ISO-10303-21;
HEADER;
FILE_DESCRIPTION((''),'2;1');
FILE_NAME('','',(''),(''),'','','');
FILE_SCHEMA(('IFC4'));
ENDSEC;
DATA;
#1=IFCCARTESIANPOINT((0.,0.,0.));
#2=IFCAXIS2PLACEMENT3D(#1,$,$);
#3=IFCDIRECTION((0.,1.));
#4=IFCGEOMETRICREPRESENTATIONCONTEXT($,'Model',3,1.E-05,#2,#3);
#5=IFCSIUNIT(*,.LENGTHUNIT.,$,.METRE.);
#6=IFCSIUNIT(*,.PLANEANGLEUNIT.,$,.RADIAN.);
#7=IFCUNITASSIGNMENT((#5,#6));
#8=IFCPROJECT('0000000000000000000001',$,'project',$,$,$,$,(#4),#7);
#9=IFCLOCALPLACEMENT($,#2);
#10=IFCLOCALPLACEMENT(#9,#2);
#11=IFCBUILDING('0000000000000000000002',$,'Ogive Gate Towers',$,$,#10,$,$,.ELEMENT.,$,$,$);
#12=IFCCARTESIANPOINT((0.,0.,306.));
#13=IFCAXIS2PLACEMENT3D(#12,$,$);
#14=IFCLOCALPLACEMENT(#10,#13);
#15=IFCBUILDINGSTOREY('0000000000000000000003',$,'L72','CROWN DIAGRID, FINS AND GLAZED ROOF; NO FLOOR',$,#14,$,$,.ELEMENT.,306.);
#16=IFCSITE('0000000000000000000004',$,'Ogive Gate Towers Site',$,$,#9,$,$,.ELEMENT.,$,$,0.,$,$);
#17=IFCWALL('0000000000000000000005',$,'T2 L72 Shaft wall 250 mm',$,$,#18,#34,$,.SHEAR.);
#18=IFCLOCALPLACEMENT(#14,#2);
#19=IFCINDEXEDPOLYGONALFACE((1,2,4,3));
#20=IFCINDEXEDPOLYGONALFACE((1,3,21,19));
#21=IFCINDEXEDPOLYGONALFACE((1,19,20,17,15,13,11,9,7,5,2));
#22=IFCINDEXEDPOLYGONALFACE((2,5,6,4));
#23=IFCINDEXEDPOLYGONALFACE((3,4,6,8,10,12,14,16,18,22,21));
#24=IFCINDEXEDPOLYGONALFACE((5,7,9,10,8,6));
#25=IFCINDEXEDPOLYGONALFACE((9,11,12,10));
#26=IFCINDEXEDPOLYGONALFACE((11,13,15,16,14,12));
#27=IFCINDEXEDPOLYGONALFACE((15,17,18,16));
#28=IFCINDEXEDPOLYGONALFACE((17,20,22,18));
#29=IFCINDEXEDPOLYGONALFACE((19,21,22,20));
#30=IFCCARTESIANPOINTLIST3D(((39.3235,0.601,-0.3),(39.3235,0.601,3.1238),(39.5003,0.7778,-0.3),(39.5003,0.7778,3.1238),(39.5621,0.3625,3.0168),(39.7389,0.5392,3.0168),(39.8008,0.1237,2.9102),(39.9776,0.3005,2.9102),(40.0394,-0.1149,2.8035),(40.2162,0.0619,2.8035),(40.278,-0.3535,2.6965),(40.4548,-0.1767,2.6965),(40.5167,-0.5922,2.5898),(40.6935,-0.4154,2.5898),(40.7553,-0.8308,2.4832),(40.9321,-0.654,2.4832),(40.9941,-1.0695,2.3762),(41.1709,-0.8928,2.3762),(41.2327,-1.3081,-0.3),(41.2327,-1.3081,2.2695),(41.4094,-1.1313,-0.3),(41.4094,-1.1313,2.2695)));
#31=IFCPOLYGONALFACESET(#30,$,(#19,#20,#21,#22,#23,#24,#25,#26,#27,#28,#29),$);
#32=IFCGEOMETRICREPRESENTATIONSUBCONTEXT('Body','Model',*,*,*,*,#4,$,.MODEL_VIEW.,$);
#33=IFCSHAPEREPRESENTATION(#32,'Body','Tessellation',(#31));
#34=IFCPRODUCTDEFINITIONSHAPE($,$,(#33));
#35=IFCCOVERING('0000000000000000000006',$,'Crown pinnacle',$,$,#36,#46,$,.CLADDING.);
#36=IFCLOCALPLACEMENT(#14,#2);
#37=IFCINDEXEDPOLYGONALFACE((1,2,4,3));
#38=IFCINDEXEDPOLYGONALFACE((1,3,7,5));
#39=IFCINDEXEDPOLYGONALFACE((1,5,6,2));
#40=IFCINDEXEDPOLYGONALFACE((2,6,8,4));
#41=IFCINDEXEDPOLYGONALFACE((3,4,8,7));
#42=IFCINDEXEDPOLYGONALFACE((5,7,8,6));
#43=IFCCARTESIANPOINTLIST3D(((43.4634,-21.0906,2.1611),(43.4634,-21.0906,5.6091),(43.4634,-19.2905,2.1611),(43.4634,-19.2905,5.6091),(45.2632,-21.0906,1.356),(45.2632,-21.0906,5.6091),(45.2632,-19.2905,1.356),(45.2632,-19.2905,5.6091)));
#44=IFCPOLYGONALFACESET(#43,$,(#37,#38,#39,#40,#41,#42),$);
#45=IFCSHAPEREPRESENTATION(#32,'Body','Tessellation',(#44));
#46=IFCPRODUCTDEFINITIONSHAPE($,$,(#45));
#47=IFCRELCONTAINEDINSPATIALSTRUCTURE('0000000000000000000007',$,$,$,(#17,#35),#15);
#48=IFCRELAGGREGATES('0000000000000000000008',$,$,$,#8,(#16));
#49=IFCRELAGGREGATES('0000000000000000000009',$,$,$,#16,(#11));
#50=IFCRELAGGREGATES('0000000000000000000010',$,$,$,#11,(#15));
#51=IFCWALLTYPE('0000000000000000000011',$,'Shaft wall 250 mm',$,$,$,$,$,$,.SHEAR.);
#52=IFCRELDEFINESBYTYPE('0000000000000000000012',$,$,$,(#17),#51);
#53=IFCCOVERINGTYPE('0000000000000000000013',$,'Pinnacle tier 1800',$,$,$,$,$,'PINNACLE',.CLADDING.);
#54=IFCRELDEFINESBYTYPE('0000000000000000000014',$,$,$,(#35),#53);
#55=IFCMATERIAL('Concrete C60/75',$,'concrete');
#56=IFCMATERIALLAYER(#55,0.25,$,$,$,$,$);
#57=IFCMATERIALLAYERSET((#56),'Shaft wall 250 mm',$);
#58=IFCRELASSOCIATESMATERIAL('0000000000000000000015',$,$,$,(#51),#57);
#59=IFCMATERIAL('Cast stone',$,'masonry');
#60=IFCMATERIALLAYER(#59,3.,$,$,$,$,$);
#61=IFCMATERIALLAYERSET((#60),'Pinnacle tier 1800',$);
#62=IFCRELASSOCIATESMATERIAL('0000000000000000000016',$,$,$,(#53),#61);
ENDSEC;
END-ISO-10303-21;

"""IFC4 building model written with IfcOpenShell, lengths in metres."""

from ifc_helpers import new_model, si_unit, direction, frame, origin, place, context, subcontext, project, spatial, polyline, outline, extrude, material, layer, layer_set, type_object, element, save


model = new_model("IFC4")

# Units and contexts
model_context = context("Model", 3, precision=1e-05, world=origin(), true_north=direction((0.0, 1.0)))
body_context = subcontext(model_context, "Body", "Model", "MODEL_VIEW")
ifc_project = project(units=[si_unit("LENGTHUNIT", "METRE"), si_unit("PLANEANGLEUNIT", "RADIAN")], contexts=[model_context])

# Site, building, storey
site_placement = place(None, origin())
site = spatial("IfcSite", under=ifc_project, at=site_placement, Name="Ogive Gate Towers Site", CompositionType="ELEMENT", RefElevation=0.0)
building_placement = place(site_placement, origin())
building = spatial("IfcBuilding", under=site, at=building_placement, Name="Ogive Gate Towers", CompositionType="ELEMENT")
storey_placement = place(building_placement, frame((0.0, 0.0, 306.0)))
storey = spatial("IfcBuildingStorey", under=building, at=storey_placement, Name="L72", Description="CROWN DIAGRID, FINS AND GLAZED ROOF; NO FLOOR", CompositionType="ELEMENT", Elevation=306.0)

# Wall
ifc_material_1 = material(Name="Concrete C60/75", Category="concrete")
ifc_layer_1 = layer(ifc_material_1, 0.25)
ifc_layer_set_1 = layer_set([ifc_layer_1], Name="Shaft wall 250 mm")
wall_type_1 = type_object("IfcWallType", Name="Shaft wall 250 mm", PredefinedType="SHEAR", material=ifc_layer_set_1)
wall_1_placement = place(storey_placement, frame((41.321, -1.2197, -0.3), z_axis=(0.0, 0.0, 1.0), x_axis=(-0.707107, 0.707107, 0.0)))
element("IfcWall", 1, at=wall_1_placement, inside=storey, type_object=wall_type_1, Name="T2 L72 Shaft wall 250 mm", PredefinedType="SHEAR", context=body_context, shape_type="SweptSolid", body=[
    extrude(outline(polyline([(0.0, 0.0), (2.7, 0.0), (2.7, 3.4238), (2.3625, 3.3169), (2.0249, 3.2102), (1.6875, 3.1035), (1.3501, 2.9966), (1.0125, 2.8899), (0.675, 2.7832), (0.3374, 2.6763), (0.0, 2.5696), (0.0, 0.0)])), frame((0.0, 0.125, 0.0), z_axis=(0.0, -1.0, 0.0), x_axis=(1.0, 0.0, 0.0)), (0.0, 0.0, 1.0), 0.25),
])

# Covering
ifc_material_2 = material(Name="Cast stone", Category="masonry")
ifc_layer_2 = layer(ifc_material_2, 3.0)
ifc_layer_set_2 = layer_set([ifc_layer_2], Name="Pinnacle tier 1800")
covering_type = type_object("IfcCoveringType", Name="Pinnacle tier 1800", ElementType="PINNACLE", PredefinedType="CLADDING", material=ifc_layer_set_2)
covering_placement = place(storey_placement, frame((44.3633, -19.2905, 1.7585), z_axis=(0.0, -1.0, 0.0), x_axis=(1.0, 0.0, 0.0)))
element("IfcCovering", 2, at=covering_placement, inside=storey, type_object=covering_type, Name="Crown pinnacle", PredefinedType="CLADDING", context=body_context, shape_type="SweptSolid", body=[
    extrude(outline(polyline([(0.8999, -0.4026), (-0.8999, 0.4026), (-0.8999, 3.8506), (0.8999, 3.8506), (0.8999, -0.4026)])), origin(), (0.0, 0.0, 1.0), 1.8),
])

save(model, "model.ifc")
